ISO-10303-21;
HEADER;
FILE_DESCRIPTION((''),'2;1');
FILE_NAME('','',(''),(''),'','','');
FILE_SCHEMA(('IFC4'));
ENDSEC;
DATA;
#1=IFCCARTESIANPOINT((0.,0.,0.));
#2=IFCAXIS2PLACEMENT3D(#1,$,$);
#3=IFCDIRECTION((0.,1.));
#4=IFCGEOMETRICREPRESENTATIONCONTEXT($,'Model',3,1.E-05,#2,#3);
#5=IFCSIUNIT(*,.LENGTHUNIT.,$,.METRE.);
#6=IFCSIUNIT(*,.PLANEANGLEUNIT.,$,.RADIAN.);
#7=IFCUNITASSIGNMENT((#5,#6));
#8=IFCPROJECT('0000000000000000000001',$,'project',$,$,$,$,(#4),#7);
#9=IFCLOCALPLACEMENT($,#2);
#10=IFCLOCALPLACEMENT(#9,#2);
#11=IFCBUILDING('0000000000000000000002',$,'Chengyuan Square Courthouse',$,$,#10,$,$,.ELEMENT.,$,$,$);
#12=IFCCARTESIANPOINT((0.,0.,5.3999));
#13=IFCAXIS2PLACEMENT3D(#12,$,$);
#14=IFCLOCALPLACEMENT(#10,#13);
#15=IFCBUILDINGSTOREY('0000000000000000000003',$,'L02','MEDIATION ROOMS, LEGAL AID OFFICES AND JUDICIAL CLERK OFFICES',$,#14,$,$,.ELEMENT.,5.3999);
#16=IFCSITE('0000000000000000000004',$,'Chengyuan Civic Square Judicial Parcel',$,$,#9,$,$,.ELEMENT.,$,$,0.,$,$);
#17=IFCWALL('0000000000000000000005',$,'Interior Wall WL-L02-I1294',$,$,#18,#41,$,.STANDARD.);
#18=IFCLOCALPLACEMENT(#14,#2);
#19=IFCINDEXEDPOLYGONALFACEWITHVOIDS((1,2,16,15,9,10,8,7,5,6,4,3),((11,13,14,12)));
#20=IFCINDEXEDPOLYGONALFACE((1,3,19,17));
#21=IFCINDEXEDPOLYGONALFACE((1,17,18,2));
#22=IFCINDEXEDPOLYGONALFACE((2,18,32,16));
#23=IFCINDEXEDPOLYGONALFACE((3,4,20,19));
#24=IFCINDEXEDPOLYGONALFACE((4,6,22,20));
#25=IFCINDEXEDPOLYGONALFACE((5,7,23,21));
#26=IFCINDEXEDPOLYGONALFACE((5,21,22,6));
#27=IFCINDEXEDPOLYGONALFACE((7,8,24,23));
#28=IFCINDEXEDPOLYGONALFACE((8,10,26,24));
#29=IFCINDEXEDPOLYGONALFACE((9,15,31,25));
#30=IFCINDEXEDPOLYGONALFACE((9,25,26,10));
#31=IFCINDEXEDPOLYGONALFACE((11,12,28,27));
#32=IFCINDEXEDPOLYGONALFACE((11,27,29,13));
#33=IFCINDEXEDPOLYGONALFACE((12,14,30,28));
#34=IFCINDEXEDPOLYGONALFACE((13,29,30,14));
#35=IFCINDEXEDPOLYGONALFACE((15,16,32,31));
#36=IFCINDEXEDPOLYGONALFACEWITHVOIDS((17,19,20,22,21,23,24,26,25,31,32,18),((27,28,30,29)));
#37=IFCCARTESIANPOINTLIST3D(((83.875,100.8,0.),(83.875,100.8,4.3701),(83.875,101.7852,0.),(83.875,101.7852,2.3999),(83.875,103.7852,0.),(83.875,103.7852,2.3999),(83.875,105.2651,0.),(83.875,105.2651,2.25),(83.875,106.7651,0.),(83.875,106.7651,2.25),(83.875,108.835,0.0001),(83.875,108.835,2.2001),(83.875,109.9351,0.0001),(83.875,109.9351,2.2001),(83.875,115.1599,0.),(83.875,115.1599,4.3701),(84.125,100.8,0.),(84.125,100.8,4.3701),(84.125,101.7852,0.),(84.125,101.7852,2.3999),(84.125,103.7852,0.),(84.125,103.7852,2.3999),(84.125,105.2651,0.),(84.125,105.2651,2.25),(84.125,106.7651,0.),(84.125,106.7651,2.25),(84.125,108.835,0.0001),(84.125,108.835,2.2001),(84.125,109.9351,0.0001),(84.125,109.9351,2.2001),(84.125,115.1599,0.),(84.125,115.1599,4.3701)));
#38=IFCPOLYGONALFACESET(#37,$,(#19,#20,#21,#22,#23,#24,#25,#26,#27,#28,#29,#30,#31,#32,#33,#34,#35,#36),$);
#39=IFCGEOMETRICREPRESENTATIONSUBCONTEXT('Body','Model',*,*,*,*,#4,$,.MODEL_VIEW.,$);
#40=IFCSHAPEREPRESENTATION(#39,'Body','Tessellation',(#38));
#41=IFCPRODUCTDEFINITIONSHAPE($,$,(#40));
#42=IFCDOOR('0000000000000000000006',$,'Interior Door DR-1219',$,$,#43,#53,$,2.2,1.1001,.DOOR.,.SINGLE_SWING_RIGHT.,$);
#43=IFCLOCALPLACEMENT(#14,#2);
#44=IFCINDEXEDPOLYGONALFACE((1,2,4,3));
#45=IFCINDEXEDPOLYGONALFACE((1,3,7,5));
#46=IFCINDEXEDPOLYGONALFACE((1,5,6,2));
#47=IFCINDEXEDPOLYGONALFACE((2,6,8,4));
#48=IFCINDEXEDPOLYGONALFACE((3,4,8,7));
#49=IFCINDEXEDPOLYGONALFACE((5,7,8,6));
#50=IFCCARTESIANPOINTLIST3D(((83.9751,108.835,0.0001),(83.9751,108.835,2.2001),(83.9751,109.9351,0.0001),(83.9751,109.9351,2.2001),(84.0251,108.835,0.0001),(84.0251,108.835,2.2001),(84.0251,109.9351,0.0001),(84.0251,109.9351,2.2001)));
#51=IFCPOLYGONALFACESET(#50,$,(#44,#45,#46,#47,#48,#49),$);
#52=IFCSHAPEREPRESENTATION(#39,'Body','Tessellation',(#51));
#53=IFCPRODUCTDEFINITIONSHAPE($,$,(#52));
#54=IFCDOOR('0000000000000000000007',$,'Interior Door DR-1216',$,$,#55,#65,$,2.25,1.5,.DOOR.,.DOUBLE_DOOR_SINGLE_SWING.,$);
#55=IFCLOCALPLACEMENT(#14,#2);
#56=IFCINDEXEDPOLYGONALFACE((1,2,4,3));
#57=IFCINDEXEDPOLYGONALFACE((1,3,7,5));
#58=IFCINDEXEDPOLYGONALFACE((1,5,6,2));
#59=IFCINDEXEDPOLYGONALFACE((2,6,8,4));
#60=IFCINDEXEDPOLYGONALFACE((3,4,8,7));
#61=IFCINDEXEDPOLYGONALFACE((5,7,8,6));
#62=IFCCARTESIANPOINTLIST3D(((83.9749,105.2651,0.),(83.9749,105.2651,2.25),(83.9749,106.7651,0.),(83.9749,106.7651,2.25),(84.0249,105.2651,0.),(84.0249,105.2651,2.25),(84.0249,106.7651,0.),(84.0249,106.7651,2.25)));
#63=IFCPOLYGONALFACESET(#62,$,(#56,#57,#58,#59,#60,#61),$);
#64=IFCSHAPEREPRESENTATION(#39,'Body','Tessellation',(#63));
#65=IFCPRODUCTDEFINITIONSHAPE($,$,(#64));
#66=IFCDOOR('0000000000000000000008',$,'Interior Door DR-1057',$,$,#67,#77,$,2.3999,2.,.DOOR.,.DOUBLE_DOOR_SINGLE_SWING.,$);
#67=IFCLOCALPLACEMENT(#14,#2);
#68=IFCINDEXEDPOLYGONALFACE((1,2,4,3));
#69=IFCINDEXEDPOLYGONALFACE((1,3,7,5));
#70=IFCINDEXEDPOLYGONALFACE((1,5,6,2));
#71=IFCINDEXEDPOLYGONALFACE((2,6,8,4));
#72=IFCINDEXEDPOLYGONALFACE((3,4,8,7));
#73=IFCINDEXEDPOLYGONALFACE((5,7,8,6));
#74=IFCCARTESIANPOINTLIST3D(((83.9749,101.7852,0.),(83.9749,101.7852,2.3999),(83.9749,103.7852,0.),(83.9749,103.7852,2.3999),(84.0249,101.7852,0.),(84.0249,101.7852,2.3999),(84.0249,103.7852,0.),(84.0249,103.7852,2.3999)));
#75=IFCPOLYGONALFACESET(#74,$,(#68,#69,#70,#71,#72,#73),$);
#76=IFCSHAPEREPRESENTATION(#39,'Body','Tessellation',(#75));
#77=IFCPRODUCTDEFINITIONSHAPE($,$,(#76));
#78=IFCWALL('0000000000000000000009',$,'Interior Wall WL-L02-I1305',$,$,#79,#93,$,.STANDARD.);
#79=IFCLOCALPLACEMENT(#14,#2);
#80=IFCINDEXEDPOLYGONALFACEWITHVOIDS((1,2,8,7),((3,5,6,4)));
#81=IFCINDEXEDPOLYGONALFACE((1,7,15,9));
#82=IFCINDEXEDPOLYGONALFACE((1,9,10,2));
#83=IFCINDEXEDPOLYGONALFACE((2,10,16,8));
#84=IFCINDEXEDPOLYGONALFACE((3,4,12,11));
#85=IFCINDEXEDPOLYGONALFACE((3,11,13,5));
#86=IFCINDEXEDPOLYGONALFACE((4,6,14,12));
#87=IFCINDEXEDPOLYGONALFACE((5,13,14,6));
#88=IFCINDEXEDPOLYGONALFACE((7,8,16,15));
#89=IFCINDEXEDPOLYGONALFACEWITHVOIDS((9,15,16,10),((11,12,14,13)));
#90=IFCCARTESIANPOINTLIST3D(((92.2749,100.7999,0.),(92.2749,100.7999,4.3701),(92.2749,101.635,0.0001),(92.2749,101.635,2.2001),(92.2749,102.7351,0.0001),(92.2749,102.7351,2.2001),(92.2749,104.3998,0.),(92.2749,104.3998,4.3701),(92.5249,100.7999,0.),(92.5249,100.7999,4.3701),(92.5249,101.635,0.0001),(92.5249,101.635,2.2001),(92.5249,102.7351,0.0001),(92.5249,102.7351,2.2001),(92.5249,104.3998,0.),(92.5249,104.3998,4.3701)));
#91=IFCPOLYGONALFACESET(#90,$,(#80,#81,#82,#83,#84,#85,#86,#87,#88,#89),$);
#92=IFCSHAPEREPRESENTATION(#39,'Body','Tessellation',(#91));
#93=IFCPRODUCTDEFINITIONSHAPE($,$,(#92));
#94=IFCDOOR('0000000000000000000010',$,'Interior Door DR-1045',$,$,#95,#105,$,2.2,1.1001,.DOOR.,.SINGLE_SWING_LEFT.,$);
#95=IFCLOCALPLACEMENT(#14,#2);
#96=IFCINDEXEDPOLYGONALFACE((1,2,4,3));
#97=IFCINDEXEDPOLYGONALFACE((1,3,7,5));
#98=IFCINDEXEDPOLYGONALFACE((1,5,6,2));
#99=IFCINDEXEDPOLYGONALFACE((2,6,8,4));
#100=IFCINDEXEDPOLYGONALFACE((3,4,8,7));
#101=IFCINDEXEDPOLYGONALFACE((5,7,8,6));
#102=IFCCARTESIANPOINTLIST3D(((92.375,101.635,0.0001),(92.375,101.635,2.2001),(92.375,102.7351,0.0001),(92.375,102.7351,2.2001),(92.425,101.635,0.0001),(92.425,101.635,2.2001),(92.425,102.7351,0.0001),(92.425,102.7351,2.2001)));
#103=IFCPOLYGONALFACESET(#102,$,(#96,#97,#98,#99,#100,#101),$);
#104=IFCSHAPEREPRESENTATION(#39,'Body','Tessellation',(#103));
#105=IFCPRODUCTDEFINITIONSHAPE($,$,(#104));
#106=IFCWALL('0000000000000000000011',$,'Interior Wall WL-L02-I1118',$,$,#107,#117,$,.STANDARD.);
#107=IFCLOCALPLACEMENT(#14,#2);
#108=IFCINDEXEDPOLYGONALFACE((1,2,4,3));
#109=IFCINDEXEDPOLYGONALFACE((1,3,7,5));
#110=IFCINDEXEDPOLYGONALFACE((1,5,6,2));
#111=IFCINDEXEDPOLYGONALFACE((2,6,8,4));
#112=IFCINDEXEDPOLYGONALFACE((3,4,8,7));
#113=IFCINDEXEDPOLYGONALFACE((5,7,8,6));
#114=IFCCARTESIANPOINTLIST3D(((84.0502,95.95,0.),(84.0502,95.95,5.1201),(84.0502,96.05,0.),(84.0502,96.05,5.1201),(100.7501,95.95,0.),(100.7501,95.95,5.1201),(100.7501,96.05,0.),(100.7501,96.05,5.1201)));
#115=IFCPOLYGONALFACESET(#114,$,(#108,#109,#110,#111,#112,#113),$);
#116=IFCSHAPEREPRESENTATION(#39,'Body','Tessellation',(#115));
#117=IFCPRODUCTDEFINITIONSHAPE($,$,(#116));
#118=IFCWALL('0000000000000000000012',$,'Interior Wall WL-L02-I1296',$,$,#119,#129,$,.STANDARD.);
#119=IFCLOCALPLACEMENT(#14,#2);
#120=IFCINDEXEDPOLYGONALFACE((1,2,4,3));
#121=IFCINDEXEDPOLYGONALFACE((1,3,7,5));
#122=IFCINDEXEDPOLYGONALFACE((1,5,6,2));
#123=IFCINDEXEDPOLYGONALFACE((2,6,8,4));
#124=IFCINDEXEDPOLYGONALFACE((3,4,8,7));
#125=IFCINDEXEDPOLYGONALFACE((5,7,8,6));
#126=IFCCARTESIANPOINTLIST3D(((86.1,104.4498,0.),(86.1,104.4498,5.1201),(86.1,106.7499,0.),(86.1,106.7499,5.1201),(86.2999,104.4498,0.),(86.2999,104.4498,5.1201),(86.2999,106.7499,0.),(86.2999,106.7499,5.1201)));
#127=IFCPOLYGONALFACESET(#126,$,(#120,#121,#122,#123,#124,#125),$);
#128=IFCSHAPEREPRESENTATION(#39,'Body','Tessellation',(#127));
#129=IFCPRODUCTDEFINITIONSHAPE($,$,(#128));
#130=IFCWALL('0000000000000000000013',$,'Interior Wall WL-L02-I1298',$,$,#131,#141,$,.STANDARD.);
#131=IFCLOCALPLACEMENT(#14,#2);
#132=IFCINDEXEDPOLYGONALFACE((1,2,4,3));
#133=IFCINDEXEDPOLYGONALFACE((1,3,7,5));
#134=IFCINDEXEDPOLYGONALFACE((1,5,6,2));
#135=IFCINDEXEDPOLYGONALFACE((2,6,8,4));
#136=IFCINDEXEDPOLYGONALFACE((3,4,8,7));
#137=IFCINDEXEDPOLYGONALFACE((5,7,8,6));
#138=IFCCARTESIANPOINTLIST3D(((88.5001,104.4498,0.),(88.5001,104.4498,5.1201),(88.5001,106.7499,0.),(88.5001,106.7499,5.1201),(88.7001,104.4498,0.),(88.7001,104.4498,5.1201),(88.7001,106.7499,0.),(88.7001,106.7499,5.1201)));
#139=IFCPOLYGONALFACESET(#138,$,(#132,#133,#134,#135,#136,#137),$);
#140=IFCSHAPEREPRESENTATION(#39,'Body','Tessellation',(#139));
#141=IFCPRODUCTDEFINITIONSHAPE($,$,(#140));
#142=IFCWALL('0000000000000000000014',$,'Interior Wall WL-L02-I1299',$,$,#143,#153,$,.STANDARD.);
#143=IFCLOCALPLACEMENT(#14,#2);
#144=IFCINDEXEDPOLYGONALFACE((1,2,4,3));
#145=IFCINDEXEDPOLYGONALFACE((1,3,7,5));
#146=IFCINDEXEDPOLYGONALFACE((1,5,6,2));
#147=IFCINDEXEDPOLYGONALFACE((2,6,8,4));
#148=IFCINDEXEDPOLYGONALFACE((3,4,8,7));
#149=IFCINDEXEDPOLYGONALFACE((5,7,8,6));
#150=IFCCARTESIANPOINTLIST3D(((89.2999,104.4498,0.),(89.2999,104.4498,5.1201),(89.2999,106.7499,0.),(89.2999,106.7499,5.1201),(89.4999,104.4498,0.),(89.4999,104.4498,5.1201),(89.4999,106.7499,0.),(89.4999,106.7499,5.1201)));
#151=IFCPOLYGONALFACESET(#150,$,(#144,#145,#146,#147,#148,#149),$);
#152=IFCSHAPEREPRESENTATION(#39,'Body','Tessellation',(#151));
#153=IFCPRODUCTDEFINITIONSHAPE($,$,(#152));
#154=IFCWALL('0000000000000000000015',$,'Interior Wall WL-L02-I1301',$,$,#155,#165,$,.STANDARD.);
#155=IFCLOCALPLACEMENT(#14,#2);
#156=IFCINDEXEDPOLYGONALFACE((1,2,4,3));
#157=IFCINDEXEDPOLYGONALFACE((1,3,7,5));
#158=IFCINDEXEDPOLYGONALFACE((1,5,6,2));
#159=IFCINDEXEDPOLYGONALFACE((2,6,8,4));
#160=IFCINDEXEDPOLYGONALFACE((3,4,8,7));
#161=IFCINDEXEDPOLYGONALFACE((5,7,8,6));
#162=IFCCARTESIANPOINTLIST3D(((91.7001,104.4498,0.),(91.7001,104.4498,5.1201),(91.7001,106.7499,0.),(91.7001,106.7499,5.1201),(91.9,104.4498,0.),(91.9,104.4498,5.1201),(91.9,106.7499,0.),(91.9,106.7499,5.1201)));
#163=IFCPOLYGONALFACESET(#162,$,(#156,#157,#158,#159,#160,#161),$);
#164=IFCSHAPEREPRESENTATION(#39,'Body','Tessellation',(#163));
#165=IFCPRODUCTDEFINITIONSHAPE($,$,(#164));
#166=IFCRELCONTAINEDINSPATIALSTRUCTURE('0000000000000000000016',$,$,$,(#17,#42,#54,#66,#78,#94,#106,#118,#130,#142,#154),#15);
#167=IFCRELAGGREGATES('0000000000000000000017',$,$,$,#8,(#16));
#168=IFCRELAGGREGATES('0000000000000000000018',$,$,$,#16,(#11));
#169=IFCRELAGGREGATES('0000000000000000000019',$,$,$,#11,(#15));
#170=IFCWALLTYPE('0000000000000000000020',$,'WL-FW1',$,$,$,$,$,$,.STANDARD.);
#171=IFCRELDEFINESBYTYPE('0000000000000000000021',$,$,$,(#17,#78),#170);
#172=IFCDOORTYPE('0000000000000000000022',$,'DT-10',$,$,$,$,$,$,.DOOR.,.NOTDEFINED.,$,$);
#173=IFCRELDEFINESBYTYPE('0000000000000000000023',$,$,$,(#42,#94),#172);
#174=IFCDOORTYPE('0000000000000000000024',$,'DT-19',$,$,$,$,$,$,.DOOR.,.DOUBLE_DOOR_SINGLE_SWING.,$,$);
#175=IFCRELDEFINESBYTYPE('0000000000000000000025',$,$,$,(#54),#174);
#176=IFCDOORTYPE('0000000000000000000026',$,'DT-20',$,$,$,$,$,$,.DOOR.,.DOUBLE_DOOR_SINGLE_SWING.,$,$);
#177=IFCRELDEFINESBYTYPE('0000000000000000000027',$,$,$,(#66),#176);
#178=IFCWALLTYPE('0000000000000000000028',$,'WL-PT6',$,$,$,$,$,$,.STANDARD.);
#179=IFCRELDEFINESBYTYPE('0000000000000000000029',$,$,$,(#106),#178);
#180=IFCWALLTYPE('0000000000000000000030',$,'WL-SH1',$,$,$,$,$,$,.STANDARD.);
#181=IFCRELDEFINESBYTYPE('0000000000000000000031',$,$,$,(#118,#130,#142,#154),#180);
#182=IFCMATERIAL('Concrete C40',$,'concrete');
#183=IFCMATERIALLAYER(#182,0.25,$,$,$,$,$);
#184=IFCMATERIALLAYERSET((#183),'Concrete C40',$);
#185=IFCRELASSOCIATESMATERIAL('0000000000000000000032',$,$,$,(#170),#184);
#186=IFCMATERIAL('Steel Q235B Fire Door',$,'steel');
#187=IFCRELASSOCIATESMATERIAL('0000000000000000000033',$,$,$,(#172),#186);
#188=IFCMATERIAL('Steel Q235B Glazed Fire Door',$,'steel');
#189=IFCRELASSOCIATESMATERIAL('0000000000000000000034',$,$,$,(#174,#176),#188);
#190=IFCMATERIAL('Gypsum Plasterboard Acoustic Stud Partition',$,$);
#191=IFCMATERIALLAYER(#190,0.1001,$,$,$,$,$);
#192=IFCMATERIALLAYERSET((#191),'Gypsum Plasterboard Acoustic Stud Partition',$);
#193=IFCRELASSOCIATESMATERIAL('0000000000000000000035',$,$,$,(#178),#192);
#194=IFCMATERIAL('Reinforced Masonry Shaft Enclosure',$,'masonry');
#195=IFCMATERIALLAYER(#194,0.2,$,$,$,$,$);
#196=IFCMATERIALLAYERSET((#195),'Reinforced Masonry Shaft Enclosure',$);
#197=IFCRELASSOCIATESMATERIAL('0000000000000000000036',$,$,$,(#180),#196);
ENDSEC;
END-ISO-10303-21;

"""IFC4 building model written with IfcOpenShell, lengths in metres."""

from ifc_helpers import new_model, si_unit, direction, frame, frame_2d, origin, place, context, subcontext, project, spatial, rectangle, extrude, material, layer, layer_set, type_object, element, fill, save


model = new_model("IFC4")

# Units and contexts
model_context = context("Model", 3, precision=1e-05, world=origin(), true_north=direction((0.0, 1.0)))
body_context = subcontext(model_context, "Body", "Model", "MODEL_VIEW")
ifc_project = project(units=[si_unit("LENGTHUNIT", "METRE"), si_unit("PLANEANGLEUNIT", "RADIAN")], contexts=[model_context])

# Site, building, storey
site_placement = place(None, origin())
site = spatial("IfcSite", under=ifc_project, at=site_placement, Name="Chengyuan Civic Square Judicial Parcel", CompositionType="ELEMENT", RefElevation=0.0)
building_placement = place(site_placement, origin())
building = spatial("IfcBuilding", under=site, at=building_placement, Name="Chengyuan Square Courthouse", CompositionType="ELEMENT")
storey_placement = place(building_placement, frame((0.0, 0.0, 5.3999)))
storey = spatial("IfcBuildingStorey", under=building, at=storey_placement, Name="L02", Description="MEDIATION ROOMS, LEGAL AID OFFICES AND JUDICIAL CLERK OFFICES", CompositionType="ELEMENT", Elevation=5.3999)

# Shared definitions
ifc_material_1 = material(Name="Concrete C40", Category="concrete")

# Shared definitions
ifc_layer_1 = layer(ifc_material_1, 0.25)
ifc_layer_set_1 = layer_set([ifc_layer_1], Name="Concrete C40")
wall_type_1 = type_object("IfcWallType", Name="WL-FW1", PredefinedType="STANDARD", material=ifc_layer_set_1)

# Shared definitions
ifc_material_2 = material(Name="Steel Q235B Fire Door", Category="steel")

# Wall, openings, doors
wall_1_placement = place(storey_placement, frame((84.0, 100.8, 0.0), z_axis=(0.0, 0.0, 1.0), x_axis=(0.0, 1.0, 0.0)))
wall_1 = element("IfcWall", 1, at=wall_1_placement, inside=storey, type_object=wall_type_1, Name="Interior Wall WL-L02-I1294", PredefinedType="STANDARD", context=body_context, shape_type="SweptSolid", body=[
    extrude(rectangle(XDim=14.3599, YDim=0.25, at=frame_2d((7.1799, 0.0))), origin(), (0.0, 0.0, 1.0), 4.3701),
])
opening_1_placement = place(wall_1_placement, frame((0.9851, 0.0, 0.0)))
opening_1 = element("IfcOpeningElement", 2, at=opening_1_placement, cuts=wall_1, PredefinedType="OPENING", context=body_context, shape_type="SweptSolid", body=[
    extrude(rectangle(XDim=2.0, YDim=2.3999, at=frame_2d((1.0, 1.2))), frame((0.0, 0.137, 0.0), z_axis=(0.0, -1.0, 0.0), x_axis=(1.0, 0.0, 0.0)), (0.0, 0.0, 1.0), 0.2739),
])
opening_2_placement = place(wall_1_placement, frame((4.4651, 0.0, 0.0)))
opening_2 = element("IfcOpeningElement", 3, at=opening_2_placement, cuts=wall_1, PredefinedType="OPENING", context=body_context, shape_type="SweptSolid", body=[
    extrude(rectangle(XDim=1.5, YDim=2.25, at=frame_2d((0.75, 1.125))), frame((0.0, 0.137, 0.0), z_axis=(0.0, -1.0, 0.0), x_axis=(1.0, 0.0, 0.0)), (0.0, 0.0, 1.0), 0.2739),
])
opening_3_placement = place(wall_1_placement, frame((8.0349, 0.0, 0.0)))
opening_3 = element("IfcOpeningElement", 4, at=opening_3_placement, cuts=wall_1, PredefinedType="OPENING", context=body_context, shape_type="SweptSolid", body=[
    extrude(rectangle(XDim=1.1001, YDim=2.2, at=frame_2d((0.55, 1.1001))), frame((0.0, 0.137, 0.0), z_axis=(0.0, -1.0, 0.0), x_axis=(1.0, 0.0, 0.0)), (0.0, 0.0, 1.0), 0.2739),
])
door_type_1 = type_object("IfcDoorType", Name="DT-10", OperationType="NOTDEFINED", PredefinedType="DOOR", material=ifc_material_2)
door_1_placement = place(opening_3_placement, origin())
door_1 = element("IfcDoor", 5, at=door_1_placement, inside=storey, type_object=door_type_1, Name="Interior Door DR-1219", OperationType="SINGLE_SWING_RIGHT", OverallHeight=2.2, OverallWidth=1.1001, PredefinedType="DOOR", context=body_context, shape_type="SweptSolid", body=[
    extrude(rectangle(XDim=1.1001, YDim=2.2, at=frame_2d((0.55, 1.1001))), frame((0.0, 0.0249, 0.0), z_axis=(0.0, -1.0, 0.0), x_axis=(1.0, 0.0, 0.0)), (0.0, 0.0, 1.0), 0.05),
])
fill(opening_3, door_1)
ifc_material_3 = material(Name="Steel Q235B Glazed Fire Door", Category="steel")
door_type_2 = type_object("IfcDoorType", Name="DT-19", OperationType="DOUBLE_DOOR_SINGLE_SWING", PredefinedType="DOOR", material=ifc_material_3)
door_2_placement = place(opening_2_placement, frame((1.5, 0.0, 0.0), z_axis=(0.0, 0.0, 1.0), x_axis=(-1.0, 0.0, 0.0)))
door_2 = element("IfcDoor", 6, at=door_2_placement, inside=storey, type_object=door_type_2, Name="Interior Door DR-1216", OperationType="DOUBLE_DOOR_SINGLE_SWING", OverallHeight=2.25, OverallWidth=1.5, PredefinedType="DOOR", context=body_context, shape_type="SweptSolid", body=[
    extrude(rectangle(XDim=1.5, YDim=2.25, at=frame_2d((0.75, 1.125))), frame((0.0, 0.0249, 0.0), z_axis=(0.0, -1.0, 0.0), x_axis=(1.0, 0.0, 0.0)), (0.0, 0.0, 1.0), 0.05),
])
fill(opening_2, door_2)
door_type_3 = type_object("IfcDoorType", Name="DT-20", OperationType="DOUBLE_DOOR_SINGLE_SWING", PredefinedType="DOOR", material=ifc_material_3)
door_3_placement = place(opening_1_placement, frame((2.0, 0.0, 0.0), z_axis=(0.0, 0.0, 1.0), x_axis=(-1.0, 0.0, 0.0)))
door_3 = element("IfcDoor", 7, at=door_3_placement, inside=storey, type_object=door_type_3, Name="Interior Door DR-1057", OperationType="DOUBLE_DOOR_SINGLE_SWING", OverallHeight=2.3999, OverallWidth=2.0, PredefinedType="DOOR", context=body_context, shape_type="SweptSolid", body=[
    extrude(rectangle(XDim=2.0, YDim=2.3999, at=frame_2d((1.0, 1.2))), frame((0.0, 0.0249, 0.0), z_axis=(0.0, -1.0, 0.0), x_axis=(1.0, 0.0, 0.0)), (0.0, 0.0, 1.0), 0.05),
])
fill(opening_1, door_3)

# Wall, opening, door
wall_2_placement = place(storey_placement, frame((92.3999, 100.8, 0.0), z_axis=(0.0, 0.0, 1.0), x_axis=(0.0, 1.0, 0.0)))
wall_2 = element("IfcWall", 8, at=wall_2_placement, inside=storey, type_object=wall_type_1, Name="Interior Wall WL-L02-I1305", PredefinedType="STANDARD", context=body_context, shape_type="SweptSolid", body=[
    extrude(rectangle(XDim=3.5999, YDim=0.25, at=frame_2d((1.7998, 0.0))), origin(), (0.0, 0.0, 1.0), 4.3701),
])
opening_4_placement = place(wall_2_placement, frame((0.835, 0.0, 0.0)))
opening_4 = element("IfcOpeningElement", 9, at=opening_4_placement, cuts=wall_2, PredefinedType="OPENING", context=body_context, shape_type="SweptSolid", body=[
    extrude(rectangle(XDim=1.1001, YDim=2.2, at=frame_2d((0.55, 1.1001))), frame((0.0, 0.137, 0.0), z_axis=(0.0, -1.0, 0.0), x_axis=(1.0, 0.0, 0.0)), (0.0, 0.0, 1.0), 0.2739),
])
door_4_placement = place(opening_4_placement, origin())
door_4 = element("IfcDoor", 10, at=door_4_placement, inside=storey, type_object=door_type_1, Name="Interior Door DR-1045", OperationType="SINGLE_SWING_LEFT", OverallHeight=2.2, OverallWidth=1.1001, PredefinedType="DOOR", context=body_context, shape_type="SweptSolid", body=[
    extrude(rectangle(XDim=1.1001, YDim=2.2, at=frame_2d((0.55, 1.1001))), frame((0.0, 0.0249, 0.0), z_axis=(0.0, -1.0, 0.0), x_axis=(1.0, 0.0, 0.0)), (0.0, 0.0, 1.0), 0.05),
])
fill(opening_4, door_4)

# Wall
ifc_material_4 = material(Name="Gypsum Plasterboard Acoustic Stud Partition")
ifc_layer_2 = layer(ifc_material_4, 0.1001)
ifc_layer_set_2 = layer_set([ifc_layer_2], Name="Gypsum Plasterboard Acoustic Stud Partition")
wall_type_2 = type_object("IfcWallType", Name="WL-PT6", PredefinedType="STANDARD", material=ifc_layer_set_2)
wall_3_placement = place(storey_placement, frame((84.05, 96.0, 0.0), z_axis=(0.0, 0.0, 1.0), x_axis=(1.0, 0.0, 0.0)))
element("IfcWall", 11, at=wall_3_placement, inside=storey, type_object=wall_type_2, Name="Interior Wall WL-L02-I1118", PredefinedType="STANDARD", context=body_context, shape_type="SweptSolid", body=[
    extrude(rectangle(XDim=16.7, YDim=0.1001, at=frame_2d((8.3501, 0.0))), origin(), (0.0, 0.0, 1.0), 5.1201),
])

# Shared definitions
ifc_material_5 = material(Name="Reinforced Masonry Shaft Enclosure", Category="masonry")
ifc_layer_3 = layer(ifc_material_5, 0.2)
ifc_layer_set_3 = layer_set([ifc_layer_3], Name="Reinforced Masonry Shaft Enclosure")
wall_type_3 = type_object("IfcWallType", Name="WL-SH1", PredefinedType="STANDARD", material=ifc_layer_set_3)

# Walls
for number, where, z_axis, x_axis, name in (
    (12, (86.2, 104.45, 0.0), (0.0, 0.0, 1.0), (0.0, 1.0, 0.0), "Interior Wall WL-L02-I1296"),
    (13, (88.6001, 104.45, 0.0), (0.0, 0.0, 1.0), (0.0, 1.0, 0.0), "Interior Wall WL-L02-I1298"),
    (14, (89.3999, 104.45, 0.0), (0.0, 0.0, 1.0), (0.0, 1.0, 0.0), "Interior Wall WL-L02-I1299"),
    (15, (91.8, 104.45, 0.0), (0.0, 0.0, 1.0), (0.0, 1.0, 0.0), "Interior Wall WL-L02-I1301"),
):
    element("IfcWall", number, at=place(storey_placement, frame(where, z_axis=z_axis, x_axis=x_axis)), inside=storey, type_object=wall_type_3, Name=name, PredefinedType="STANDARD", context=body_context, shape_type="SweptSolid", body=[
        extrude(rectangle(XDim=2.3, YDim=0.2, at=frame_2d((1.1499, 0.0))), origin(), (0.0, 0.0, 1.0), 5.1201),
    ])

save(model, "model.ifc")
